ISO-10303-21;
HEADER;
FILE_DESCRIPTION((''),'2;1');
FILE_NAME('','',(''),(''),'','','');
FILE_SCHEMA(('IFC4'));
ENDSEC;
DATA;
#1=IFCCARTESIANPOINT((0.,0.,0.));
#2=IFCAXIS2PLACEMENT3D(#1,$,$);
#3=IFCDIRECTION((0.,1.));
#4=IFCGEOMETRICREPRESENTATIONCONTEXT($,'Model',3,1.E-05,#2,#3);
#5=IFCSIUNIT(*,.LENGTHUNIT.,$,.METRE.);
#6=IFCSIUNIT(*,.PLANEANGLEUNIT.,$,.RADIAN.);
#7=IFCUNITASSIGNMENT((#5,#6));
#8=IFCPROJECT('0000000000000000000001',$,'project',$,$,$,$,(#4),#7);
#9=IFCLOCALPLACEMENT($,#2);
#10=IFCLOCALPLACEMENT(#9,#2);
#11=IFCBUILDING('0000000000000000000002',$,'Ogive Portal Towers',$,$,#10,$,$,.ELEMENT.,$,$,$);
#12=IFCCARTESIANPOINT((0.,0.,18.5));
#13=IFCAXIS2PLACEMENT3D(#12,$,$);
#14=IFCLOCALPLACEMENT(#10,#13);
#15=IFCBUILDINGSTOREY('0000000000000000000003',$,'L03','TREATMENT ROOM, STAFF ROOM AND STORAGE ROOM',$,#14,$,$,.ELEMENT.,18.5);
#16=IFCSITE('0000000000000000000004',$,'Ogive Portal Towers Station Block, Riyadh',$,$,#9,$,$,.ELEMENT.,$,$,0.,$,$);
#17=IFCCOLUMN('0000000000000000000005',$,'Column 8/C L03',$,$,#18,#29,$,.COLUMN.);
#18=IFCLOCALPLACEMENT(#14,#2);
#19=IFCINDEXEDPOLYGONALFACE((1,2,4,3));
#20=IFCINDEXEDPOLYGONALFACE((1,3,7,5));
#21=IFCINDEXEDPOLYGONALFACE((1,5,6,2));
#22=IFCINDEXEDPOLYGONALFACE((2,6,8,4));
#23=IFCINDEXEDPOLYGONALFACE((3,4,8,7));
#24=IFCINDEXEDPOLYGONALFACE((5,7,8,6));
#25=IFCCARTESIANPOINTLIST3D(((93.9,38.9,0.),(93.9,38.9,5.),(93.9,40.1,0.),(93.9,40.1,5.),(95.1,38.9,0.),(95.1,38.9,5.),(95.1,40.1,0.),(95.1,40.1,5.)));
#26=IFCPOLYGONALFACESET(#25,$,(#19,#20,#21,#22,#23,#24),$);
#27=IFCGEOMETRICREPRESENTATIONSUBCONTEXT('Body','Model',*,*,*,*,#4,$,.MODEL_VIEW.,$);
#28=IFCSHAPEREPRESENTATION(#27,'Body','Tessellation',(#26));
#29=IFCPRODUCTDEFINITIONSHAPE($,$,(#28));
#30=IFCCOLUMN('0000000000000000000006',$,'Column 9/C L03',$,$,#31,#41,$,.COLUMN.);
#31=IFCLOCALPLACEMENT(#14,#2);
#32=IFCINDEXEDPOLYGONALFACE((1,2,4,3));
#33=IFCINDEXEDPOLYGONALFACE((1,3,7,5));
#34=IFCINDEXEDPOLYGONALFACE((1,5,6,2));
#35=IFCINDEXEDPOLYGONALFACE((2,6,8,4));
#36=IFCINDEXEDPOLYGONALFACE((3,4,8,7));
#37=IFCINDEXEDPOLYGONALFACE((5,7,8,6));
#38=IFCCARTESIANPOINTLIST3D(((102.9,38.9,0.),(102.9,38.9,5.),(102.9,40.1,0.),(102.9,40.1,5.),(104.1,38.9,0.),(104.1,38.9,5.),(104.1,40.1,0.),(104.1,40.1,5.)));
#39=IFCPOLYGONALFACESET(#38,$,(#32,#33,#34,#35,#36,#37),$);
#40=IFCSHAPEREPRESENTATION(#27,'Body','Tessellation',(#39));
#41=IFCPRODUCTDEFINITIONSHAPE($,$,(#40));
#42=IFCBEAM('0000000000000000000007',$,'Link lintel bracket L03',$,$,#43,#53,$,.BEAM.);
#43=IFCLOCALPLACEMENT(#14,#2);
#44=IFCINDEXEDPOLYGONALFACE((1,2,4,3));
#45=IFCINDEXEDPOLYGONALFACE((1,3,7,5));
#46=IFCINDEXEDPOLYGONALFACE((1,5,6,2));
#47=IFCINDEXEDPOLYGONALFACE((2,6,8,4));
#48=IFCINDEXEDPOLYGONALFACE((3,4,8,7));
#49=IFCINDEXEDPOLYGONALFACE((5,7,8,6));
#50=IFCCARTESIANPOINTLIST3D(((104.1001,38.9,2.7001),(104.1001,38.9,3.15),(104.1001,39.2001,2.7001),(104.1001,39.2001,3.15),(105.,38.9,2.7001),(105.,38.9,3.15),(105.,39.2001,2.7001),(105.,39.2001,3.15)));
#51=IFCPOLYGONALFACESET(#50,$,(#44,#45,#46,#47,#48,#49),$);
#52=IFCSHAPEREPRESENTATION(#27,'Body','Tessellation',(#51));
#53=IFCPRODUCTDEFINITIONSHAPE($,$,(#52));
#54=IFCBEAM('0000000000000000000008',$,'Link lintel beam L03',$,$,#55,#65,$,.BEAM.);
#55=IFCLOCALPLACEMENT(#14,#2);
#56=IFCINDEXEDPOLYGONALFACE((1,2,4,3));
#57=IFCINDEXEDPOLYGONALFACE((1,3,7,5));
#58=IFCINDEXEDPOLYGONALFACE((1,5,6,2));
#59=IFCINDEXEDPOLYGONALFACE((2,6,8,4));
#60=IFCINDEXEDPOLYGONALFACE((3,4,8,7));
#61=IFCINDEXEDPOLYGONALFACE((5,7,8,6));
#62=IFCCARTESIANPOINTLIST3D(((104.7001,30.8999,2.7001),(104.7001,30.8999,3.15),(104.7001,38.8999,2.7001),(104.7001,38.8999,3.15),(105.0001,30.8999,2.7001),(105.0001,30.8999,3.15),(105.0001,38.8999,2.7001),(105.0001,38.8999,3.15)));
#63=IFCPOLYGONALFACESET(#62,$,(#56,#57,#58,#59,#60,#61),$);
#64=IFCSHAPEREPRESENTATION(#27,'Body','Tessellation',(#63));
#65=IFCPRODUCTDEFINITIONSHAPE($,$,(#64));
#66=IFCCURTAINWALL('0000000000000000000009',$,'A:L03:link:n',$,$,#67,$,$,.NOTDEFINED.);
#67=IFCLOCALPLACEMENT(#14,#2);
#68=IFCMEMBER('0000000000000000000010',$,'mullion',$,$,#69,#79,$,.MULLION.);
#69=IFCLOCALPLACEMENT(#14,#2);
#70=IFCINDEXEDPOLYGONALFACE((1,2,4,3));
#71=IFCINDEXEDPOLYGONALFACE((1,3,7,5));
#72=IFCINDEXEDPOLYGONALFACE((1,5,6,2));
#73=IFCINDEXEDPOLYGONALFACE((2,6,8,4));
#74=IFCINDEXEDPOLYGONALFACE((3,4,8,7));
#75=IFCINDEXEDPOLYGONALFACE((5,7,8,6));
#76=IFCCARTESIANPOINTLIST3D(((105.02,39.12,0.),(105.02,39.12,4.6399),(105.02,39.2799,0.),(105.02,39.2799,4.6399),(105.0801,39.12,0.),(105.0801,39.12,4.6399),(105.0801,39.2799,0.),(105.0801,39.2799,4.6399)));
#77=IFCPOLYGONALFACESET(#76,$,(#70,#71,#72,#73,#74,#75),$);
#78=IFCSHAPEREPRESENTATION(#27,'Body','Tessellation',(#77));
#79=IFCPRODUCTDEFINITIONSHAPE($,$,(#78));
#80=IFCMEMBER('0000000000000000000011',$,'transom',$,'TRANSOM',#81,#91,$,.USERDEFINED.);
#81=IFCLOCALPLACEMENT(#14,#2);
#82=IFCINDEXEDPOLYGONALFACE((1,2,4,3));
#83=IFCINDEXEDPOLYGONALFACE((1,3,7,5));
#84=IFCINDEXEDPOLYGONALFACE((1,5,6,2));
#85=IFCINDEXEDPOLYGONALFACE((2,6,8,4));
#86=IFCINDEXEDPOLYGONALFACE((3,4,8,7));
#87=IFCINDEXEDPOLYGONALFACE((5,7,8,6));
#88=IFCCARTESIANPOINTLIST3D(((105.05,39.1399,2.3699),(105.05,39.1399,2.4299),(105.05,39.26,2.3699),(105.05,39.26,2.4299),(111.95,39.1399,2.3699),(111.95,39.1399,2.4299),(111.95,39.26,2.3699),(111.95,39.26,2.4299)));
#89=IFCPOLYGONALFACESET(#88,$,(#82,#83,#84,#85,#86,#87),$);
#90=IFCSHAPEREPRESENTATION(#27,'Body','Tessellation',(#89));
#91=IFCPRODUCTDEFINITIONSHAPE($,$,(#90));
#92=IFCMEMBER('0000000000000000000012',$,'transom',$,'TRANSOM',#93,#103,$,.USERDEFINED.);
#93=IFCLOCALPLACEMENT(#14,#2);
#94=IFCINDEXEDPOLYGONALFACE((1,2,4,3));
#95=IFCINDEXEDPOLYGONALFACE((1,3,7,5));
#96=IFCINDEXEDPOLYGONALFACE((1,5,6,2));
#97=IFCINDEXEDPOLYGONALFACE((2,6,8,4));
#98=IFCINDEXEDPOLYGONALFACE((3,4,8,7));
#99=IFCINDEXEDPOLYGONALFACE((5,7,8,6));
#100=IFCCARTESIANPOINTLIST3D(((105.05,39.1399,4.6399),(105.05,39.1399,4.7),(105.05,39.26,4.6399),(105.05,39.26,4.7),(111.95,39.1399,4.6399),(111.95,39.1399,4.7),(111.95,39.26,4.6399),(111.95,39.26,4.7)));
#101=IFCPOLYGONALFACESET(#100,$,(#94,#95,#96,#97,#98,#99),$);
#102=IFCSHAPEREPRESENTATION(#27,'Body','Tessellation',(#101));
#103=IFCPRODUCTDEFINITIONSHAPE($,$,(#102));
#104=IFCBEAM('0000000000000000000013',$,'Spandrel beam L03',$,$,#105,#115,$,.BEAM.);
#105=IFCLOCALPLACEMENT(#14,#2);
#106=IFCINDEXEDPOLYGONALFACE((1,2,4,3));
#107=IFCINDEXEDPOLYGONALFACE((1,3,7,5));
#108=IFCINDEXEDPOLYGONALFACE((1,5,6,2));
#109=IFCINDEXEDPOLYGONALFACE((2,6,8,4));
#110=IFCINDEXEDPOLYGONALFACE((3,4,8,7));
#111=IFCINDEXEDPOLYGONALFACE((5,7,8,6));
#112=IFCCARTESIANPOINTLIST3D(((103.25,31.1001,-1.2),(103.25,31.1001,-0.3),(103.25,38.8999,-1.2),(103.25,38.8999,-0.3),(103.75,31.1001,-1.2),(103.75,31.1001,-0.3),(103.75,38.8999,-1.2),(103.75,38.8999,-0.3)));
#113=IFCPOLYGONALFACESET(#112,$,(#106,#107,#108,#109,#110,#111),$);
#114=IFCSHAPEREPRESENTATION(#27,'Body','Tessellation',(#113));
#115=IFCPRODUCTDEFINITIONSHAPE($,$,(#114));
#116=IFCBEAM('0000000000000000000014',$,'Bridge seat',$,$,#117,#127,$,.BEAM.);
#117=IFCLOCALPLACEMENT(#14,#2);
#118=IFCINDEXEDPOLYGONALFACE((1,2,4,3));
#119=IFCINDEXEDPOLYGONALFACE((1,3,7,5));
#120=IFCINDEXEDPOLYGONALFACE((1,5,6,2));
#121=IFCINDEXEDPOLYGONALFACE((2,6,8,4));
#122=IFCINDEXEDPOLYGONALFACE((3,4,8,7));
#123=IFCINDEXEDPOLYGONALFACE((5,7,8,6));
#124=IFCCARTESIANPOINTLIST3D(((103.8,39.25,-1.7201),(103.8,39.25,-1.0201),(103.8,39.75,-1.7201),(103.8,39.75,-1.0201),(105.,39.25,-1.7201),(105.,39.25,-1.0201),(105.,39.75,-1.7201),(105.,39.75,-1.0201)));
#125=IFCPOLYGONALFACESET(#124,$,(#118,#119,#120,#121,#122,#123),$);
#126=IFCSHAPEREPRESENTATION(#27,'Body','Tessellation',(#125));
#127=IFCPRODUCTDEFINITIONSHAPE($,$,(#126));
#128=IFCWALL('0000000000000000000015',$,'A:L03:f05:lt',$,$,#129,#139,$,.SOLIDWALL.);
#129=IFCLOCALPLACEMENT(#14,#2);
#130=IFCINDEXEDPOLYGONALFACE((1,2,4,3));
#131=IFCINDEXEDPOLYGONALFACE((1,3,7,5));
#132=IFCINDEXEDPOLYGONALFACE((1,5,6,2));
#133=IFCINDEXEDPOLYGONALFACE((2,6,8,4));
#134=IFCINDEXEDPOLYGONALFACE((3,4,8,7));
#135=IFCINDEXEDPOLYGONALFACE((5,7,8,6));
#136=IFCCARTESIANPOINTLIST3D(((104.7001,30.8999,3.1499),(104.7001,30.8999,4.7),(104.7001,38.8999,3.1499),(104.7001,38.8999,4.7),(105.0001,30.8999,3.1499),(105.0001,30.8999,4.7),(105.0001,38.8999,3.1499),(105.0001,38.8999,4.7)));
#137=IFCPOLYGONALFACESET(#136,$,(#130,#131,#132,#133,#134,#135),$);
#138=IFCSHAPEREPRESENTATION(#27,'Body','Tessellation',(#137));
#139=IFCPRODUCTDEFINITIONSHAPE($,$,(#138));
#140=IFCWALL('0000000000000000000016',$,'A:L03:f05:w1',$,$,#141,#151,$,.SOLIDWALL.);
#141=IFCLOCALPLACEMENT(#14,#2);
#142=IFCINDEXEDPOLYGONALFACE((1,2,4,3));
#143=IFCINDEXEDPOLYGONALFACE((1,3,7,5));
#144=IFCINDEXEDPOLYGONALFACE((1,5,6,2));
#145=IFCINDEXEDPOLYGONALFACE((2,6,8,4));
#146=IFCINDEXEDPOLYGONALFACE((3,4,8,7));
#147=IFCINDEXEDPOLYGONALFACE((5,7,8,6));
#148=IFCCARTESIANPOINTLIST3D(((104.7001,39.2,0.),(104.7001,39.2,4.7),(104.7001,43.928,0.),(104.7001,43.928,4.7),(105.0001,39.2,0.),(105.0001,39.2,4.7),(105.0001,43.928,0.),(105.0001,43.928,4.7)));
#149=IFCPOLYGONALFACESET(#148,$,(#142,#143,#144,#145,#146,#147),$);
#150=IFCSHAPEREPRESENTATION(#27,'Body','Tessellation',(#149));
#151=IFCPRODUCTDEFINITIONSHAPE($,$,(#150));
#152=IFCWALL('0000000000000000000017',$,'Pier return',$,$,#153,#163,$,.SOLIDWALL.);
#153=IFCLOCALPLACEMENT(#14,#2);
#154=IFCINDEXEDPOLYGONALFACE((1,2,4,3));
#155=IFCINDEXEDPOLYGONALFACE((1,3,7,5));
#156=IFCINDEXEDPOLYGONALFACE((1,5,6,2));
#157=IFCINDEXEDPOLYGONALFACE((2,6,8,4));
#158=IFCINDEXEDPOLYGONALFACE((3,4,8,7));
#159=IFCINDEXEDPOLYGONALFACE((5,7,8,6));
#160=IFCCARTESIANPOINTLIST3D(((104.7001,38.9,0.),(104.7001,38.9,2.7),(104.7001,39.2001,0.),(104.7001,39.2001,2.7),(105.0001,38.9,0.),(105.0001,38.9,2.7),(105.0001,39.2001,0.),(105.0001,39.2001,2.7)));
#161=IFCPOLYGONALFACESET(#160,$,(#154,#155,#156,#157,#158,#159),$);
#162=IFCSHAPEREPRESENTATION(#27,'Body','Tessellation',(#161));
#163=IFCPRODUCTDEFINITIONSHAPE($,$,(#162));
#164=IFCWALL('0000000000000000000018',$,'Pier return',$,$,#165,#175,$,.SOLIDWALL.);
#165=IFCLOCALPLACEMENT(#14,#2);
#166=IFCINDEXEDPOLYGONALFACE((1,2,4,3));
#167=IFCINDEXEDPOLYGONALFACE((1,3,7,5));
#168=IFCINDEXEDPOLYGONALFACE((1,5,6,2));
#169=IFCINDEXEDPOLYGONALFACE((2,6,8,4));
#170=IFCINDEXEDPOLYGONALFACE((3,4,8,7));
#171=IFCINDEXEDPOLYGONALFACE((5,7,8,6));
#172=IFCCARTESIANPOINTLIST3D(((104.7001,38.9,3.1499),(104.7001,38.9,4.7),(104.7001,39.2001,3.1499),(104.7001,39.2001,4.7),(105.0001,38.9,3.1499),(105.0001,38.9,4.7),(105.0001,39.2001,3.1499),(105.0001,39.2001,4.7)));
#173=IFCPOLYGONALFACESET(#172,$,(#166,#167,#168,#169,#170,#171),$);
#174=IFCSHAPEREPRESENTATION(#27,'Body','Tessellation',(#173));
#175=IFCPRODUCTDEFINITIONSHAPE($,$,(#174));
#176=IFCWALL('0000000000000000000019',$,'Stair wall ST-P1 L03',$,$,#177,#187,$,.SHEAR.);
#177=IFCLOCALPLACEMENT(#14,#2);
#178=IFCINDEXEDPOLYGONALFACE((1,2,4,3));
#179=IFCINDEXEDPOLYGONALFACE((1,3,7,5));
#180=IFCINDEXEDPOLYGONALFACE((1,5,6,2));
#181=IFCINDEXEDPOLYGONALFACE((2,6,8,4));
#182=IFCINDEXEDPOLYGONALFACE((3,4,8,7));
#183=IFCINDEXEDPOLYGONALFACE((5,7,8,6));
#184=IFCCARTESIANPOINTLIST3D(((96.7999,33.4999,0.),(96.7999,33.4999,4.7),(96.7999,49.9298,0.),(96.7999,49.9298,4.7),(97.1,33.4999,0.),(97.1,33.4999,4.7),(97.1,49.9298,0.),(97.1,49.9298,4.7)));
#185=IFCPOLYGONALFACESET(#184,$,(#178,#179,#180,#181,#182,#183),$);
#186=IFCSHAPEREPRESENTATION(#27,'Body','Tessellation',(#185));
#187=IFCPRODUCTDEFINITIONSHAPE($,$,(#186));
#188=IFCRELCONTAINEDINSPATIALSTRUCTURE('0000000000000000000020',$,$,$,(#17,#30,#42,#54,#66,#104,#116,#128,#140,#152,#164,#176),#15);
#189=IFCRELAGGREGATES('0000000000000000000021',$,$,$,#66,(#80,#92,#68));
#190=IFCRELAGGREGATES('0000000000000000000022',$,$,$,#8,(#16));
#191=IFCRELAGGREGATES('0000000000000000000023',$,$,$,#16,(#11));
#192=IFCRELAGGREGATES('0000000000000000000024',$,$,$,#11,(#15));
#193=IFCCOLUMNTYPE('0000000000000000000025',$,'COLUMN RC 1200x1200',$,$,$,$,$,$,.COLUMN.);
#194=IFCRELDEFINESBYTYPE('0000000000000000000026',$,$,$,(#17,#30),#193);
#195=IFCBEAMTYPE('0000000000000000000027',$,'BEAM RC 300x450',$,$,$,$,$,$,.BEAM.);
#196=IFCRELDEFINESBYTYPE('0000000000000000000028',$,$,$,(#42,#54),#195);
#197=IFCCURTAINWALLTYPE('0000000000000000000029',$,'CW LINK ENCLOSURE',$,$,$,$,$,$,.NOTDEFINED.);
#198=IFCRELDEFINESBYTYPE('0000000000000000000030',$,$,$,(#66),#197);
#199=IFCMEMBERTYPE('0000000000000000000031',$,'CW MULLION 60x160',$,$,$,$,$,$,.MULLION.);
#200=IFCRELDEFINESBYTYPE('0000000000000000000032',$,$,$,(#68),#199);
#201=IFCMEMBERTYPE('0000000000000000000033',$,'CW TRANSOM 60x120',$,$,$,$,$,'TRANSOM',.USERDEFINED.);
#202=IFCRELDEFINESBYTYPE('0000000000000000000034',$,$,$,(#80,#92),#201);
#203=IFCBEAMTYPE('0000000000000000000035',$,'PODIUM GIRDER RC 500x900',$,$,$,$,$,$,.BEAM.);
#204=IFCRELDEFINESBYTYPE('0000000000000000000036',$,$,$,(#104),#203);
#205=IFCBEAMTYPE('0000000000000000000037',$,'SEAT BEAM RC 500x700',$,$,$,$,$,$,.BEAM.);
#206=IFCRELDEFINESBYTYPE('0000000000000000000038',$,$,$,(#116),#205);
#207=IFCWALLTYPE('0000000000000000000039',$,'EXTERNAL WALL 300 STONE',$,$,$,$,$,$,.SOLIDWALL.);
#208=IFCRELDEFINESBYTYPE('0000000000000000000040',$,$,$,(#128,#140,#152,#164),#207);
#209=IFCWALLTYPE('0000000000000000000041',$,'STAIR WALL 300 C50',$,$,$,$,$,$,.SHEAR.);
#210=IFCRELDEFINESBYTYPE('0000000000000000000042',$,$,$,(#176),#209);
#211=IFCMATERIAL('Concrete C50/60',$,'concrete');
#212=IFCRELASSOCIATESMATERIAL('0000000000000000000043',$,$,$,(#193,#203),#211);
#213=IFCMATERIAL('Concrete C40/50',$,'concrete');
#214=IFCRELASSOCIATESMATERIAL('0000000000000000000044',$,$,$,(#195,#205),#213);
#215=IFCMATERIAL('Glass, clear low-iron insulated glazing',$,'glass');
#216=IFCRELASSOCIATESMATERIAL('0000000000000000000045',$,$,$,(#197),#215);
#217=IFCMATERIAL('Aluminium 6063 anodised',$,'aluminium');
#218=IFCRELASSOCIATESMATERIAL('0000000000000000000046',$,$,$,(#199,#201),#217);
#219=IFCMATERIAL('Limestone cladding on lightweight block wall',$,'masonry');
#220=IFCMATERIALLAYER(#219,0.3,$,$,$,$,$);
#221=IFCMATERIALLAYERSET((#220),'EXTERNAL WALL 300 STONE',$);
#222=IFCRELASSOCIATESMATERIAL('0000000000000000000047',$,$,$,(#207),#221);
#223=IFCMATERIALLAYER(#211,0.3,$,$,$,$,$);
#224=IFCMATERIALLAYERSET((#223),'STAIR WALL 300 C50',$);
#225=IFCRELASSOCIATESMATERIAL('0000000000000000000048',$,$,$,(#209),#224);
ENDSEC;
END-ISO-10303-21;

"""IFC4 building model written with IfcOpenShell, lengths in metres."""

from ifc_helpers import new_model, si_unit, direction, frame, frame_2d, origin, origin_2d, place, context, subcontext, project, spatial, rectangle, extrude, material, layer, layer_set, material_profile, profile_set, type_object, element, aggregate, save


model = new_model("IFC4")

# Units and contexts
model_context = context("Model", 3, precision=1e-05, world=origin(), true_north=direction((0.0, 1.0)))
body_context = subcontext(model_context, "Body", "Model", "MODEL_VIEW")
ifc_project = project(units=[si_unit("LENGTHUNIT", "METRE"), si_unit("PLANEANGLEUNIT", "RADIAN")], contexts=[model_context])

# Site, building, storey
site_placement = place(None, origin())
site = spatial("IfcSite", under=ifc_project, at=site_placement, Name="Ogive Portal Towers Station Block, Riyadh", CompositionType="ELEMENT", RefElevation=0.0)
building_placement = place(site_placement, origin())
building = spatial("IfcBuilding", under=site, at=building_placement, Name="Ogive Portal Towers", CompositionType="ELEMENT")
storey_placement = place(building_placement, frame((0.0, 0.0, 18.5)))
storey = spatial("IfcBuildingStorey", under=building, at=storey_placement, Name="L03", Description="TREATMENT ROOM, STAFF ROOM AND STORAGE ROOM", CompositionType="ELEMENT", Elevation=18.5)

# Columns
ifc_material_1 = material(Name="Concrete C50/60", Category="concrete")
ifc_material_profile_1 = material_profile(ifc_material_1, rectangle(XDim=1.2, YDim=1.2, at=origin_2d()), Name="RC 1200x1200")
ifc_profile_set_1 = profile_set([ifc_material_profile_1], Name="Concrete C50/60")
column_type = type_object("IfcColumnType", Name="COLUMN RC 1200x1200", PredefinedType="COLUMN", material=ifc_profile_set_1)
for number, where, z_axis, x_axis, name in (
    (1, (94.5, 39.5, 0.0), (0.0, 0.0, 1.0), (1.0, 0.0, 0.0), "Column 8/C L03"),
    (2, (103.5, 39.5, 0.0), (0.0, 0.0, 1.0), (1.0, 0.0, 0.0), "Column 9/C L03"),
):
    element("IfcColumn", number, at=place(storey_placement, frame(where, z_axis=z_axis, x_axis=x_axis)), inside=storey, type_object=column_type, Name=name, PredefinedType="COLUMN", context=body_context, shape_type="SweptSolid", body=[
        extrude(rectangle(XDim=1.2, YDim=1.2, at=origin_2d()), origin(), (0.0, 0.0, 1.0), 5.0),
    ])

# Beams
ifc_material_2 = material(Name="Concrete C40/50", Category="concrete")
ifc_material_profile_2 = material_profile(ifc_material_2, rectangle(XDim=0.3, YDim=0.45, at=origin_2d()), Name="RC 300x450")
ifc_profile_set_2 = profile_set([ifc_material_profile_2], Name="Concrete C40/50")
beam_type_1 = type_object("IfcBeamType", Name="BEAM RC 300x450", PredefinedType="BEAM", material=ifc_profile_set_2)
beam_1_placement = place(storey_placement, frame((104.1001, 39.05, 2.925), z_axis=(1.0, 0.0, 0.0), x_axis=(0.0, 1.0, 0.0)))
element("IfcBeam", 3, at=beam_1_placement, inside=storey, type_object=beam_type_1, Name="Link lintel bracket L03", PredefinedType="BEAM", context=body_context, shape_type="SweptSolid", body=[
    extrude(rectangle(XDim=0.3, YDim=0.45, at=origin_2d()), origin(), (0.0, 0.0, 1.0), 0.8999),
])
beam_2_placement = place(storey_placement, frame((104.8501, 30.8999, 2.925), z_axis=(0.0, 1.0, 0.0), x_axis=(-1.0, 0.0, 0.0)))
element("IfcBeam", 4, at=beam_2_placement, inside=storey, type_object=beam_type_1, Name="Link lintel beam L03", PredefinedType="BEAM", context=body_context, shape_type="SweptSolid", body=[
    extrude(rectangle(XDim=0.3, YDim=0.45, at=origin_2d()), origin(), (0.0, 0.0, 1.0), 8.0),
])

# Curtain wall, members
ifc_material_3 = material(Name="Glass, clear low-iron insulated glazing", Category="glass")
curtain_wall_type = type_object("IfcCurtainWallType", Name="CW LINK ENCLOSURE", PredefinedType="NOTDEFINED", material=ifc_material_3)
curtain_wall_placement = place(storey_placement, origin())
curtain_wall = element("IfcCurtainWall", 5, at=curtain_wall_placement, inside=storey, type_object=curtain_wall_type, Name="A:L03:link:n", PredefinedType="NOTDEFINED")
ifc_material_4 = material(Name="Aluminium 6063 anodised", Category="aluminium")
ifc_material_profile_3 = material_profile(ifc_material_4, rectangle(XDim=0.1599, YDim=0.0601, at=origin_2d()), Name="AL 60x160")
ifc_profile_set_3 = profile_set([ifc_material_profile_3], Name="Aluminium 6063 anodised")
member_type_1 = type_object("IfcMemberType", Name="CW MULLION 60x160", PredefinedType="MULLION", material=ifc_profile_set_3)
member_1_placement = place(storey_placement, frame((105.05, 39.2, 0.0), z_axis=(0.0, 0.0, 1.0), x_axis=(0.0, 1.0, 0.0)))
member_1 = element("IfcMember", 6, at=member_1_placement, type_object=member_type_1, Name="mullion", PredefinedType="MULLION", context=body_context, shape_type="SweptSolid", body=[
    extrude(rectangle(XDim=0.1599, YDim=0.0601, at=origin_2d()), origin(), (0.0, 0.0, 1.0), 4.6399),
])
ifc_material_profile_4 = material_profile(ifc_material_4, rectangle(XDim=0.1201, YDim=0.0601, at=origin_2d()), Name="AL 120x60")
ifc_profile_set_4 = profile_set([ifc_material_profile_4], Name="Aluminium 6063 anodised")
member_type_2 = type_object("IfcMemberType", Name="CW TRANSOM 60x120", ElementType="TRANSOM", PredefinedType="USERDEFINED", material=ifc_profile_set_4)
member_2_placement = place(storey_placement, frame((105.05, 39.2, 2.3999), z_axis=(1.0, 0.0, 0.0), x_axis=(0.0, 1.0, 0.0)))
member_2 = element("IfcMember", 7, at=member_2_placement, type_object=member_type_2, Name="transom", ObjectType="TRANSOM", PredefinedType="USERDEFINED", context=body_context, shape_type="SweptSolid", body=[
    extrude(rectangle(XDim=0.1201, YDim=0.0601, at=origin_2d()), origin(), (0.0, 0.0, 1.0), 6.8999),
])
member_3_placement = place(storey_placement, frame((105.05, 39.2, 4.6699), z_axis=(1.0, 0.0, 0.0), x_axis=(0.0, 1.0, 0.0)))
member_3 = element("IfcMember", 8, at=member_3_placement, type_object=member_type_2, Name="transom", ObjectType="TRANSOM", PredefinedType="USERDEFINED", context=body_context, shape_type="SweptSolid", body=[
    extrude(rectangle(XDim=0.1201, YDim=0.0601, at=origin_2d()), origin(), (0.0, 0.0, 1.0), 6.8999),
])
aggregate(curtain_wall, [member_2, member_3, member_1])

# Beams
ifc_material_profile_5 = material_profile(ifc_material_1, rectangle(XDim=0.5, YDim=0.8999, at=origin_2d()), Name="RC 500x900")
ifc_profile_set_5 = profile_set([ifc_material_profile_5], Name="Concrete C50/60")
beam_type_2 = type_object("IfcBeamType", Name="PODIUM GIRDER RC 500x900", PredefinedType="BEAM", material=ifc_profile_set_5)
beam_3_placement = place(storey_placement, frame((103.5, 31.1001, -0.75), z_axis=(0.0, 1.0, 0.0), x_axis=(-1.0, 0.0, 0.0)))
element("IfcBeam", 9, at=beam_3_placement, inside=storey, type_object=beam_type_2, Name="Spandrel beam L03", PredefinedType="BEAM", context=body_context, shape_type="SweptSolid", body=[
    extrude(rectangle(XDim=0.5, YDim=0.8999, at=origin_2d()), origin(), (0.0, 0.0, 1.0), 7.7998),
])
ifc_material_profile_6 = material_profile(ifc_material_2, rectangle(XDim=0.5, YDim=0.7, at=origin_2d()), Name="RC 500x700")
ifc_profile_set_6 = profile_set([ifc_material_profile_6], Name="Concrete C40/50")
beam_type_3 = type_object("IfcBeamType", Name="SEAT BEAM RC 500x700", PredefinedType="BEAM", material=ifc_profile_set_6)
beam_4_placement = place(storey_placement, frame((103.8, 39.5, -1.3701), z_axis=(1.0, 0.0, 0.0), x_axis=(0.0, 1.0, 0.0)))
element("IfcBeam", 10, at=beam_4_placement, inside=storey, type_object=beam_type_3, Name="Bridge seat", PredefinedType="BEAM", context=body_context, shape_type="SweptSolid", body=[
    extrude(rectangle(XDim=0.5, YDim=0.7, at=origin_2d()), origin(), (0.0, 0.0, 1.0), 1.2),
])

# Walls
ifc_material_5 = material(Name="Limestone cladding on lightweight block wall", Category="masonry")
ifc_layer_1 = layer(ifc_material_5, 0.3)
ifc_layer_set_1 = layer_set([ifc_layer_1], Name="EXTERNAL WALL 300 STONE")
wall_type_1 = type_object("IfcWallType", Name="EXTERNAL WALL 300 STONE", PredefinedType="SOLIDWALL", material=ifc_layer_set_1)
wall_1_placement = place(storey_placement, frame((104.8501, 30.8999, 3.1499), z_axis=(0.0, 0.0, 1.0), x_axis=(0.0, 1.0, 0.0)))
element("IfcWall", 11, at=wall_1_placement, inside=storey, type_object=wall_type_1, Name="A:L03:f05:lt", PredefinedType="SOLIDWALL", context=body_context, shape_type="SweptSolid", body=[
    extrude(rectangle(XDim=8.0, YDim=0.3, at=frame_2d((4.0, 0.0))), origin(), (0.0, 0.0, 1.0), 1.55),
])
wall_2_placement = place(storey_placement, frame((104.8501, 39.2, 0.0), z_axis=(0.0, 0.0, 1.0), x_axis=(0.0, 1.0, 0.0)))
element("IfcWall", 12, at=wall_2_placement, inside=storey, type_object=wall_type_1, Name="A:L03:f05:w1", PredefinedType="SOLIDWALL", context=body_context, shape_type="SweptSolid", body=[
    extrude(rectangle(XDim=4.728, YDim=0.3, at=frame_2d((2.364, 0.0))), origin(), (0.0, 0.0, 1.0), 4.7),
])
wall_3_placement = place(storey_placement, frame((104.8501, 39.2, 0.0), z_axis=(0.0, 0.0, 1.0), x_axis=(0.0, -1.0, 0.0)))
element("IfcWall", 13, at=wall_3_placement, inside=storey, type_object=wall_type_1, Name="Pier return", PredefinedType="SOLIDWALL", context=body_context, shape_type="SweptSolid", body=[
    extrude(rectangle(XDim=0.3, YDim=0.3, at=frame_2d((0.1499, 0.0))), origin(), (0.0, 0.0, 1.0), 2.7),
])
wall_4_placement = place(storey_placement, frame((104.8501, 39.2, 3.1499), z_axis=(0.0, 0.0, 1.0), x_axis=(0.0, -1.0, 0.0)))
element("IfcWall", 14, at=wall_4_placement, inside=storey, type_object=wall_type_1, Name="Pier return", PredefinedType="SOLIDWALL", context=body_context, shape_type="SweptSolid", body=[
    extrude(rectangle(XDim=0.3, YDim=0.3, at=frame_2d((0.1499, 0.0))), origin(), (0.0, 0.0, 1.0), 1.55),
])
ifc_layer_2 = layer(ifc_material_1, 0.3)
ifc_layer_set_2 = layer_set([ifc_layer_2], Name="STAIR WALL 300 C50")
wall_type_2 = type_object("IfcWallType", Name="STAIR WALL 300 C50", PredefinedType="SHEAR", material=ifc_layer_set_2)
wall_5_placement = place(storey_placement, frame((96.95, 33.5, 0.0), z_axis=(0.0, 0.0, 1.0), x_axis=(0.0, 1.0, 0.0)))
element("IfcWall", 15, at=wall_5_placement, inside=storey, type_object=wall_type_2, Name="Stair wall ST-P1 L03", PredefinedType="SHEAR", context=body_context, shape_type="SweptSolid", body=[
    extrude(rectangle(XDim=16.4299, YDim=0.3, at=frame_2d((8.2148, 0.0))), origin(), (0.0, 0.0, 1.0), 4.7),
])

save(model, "model.ifc")
